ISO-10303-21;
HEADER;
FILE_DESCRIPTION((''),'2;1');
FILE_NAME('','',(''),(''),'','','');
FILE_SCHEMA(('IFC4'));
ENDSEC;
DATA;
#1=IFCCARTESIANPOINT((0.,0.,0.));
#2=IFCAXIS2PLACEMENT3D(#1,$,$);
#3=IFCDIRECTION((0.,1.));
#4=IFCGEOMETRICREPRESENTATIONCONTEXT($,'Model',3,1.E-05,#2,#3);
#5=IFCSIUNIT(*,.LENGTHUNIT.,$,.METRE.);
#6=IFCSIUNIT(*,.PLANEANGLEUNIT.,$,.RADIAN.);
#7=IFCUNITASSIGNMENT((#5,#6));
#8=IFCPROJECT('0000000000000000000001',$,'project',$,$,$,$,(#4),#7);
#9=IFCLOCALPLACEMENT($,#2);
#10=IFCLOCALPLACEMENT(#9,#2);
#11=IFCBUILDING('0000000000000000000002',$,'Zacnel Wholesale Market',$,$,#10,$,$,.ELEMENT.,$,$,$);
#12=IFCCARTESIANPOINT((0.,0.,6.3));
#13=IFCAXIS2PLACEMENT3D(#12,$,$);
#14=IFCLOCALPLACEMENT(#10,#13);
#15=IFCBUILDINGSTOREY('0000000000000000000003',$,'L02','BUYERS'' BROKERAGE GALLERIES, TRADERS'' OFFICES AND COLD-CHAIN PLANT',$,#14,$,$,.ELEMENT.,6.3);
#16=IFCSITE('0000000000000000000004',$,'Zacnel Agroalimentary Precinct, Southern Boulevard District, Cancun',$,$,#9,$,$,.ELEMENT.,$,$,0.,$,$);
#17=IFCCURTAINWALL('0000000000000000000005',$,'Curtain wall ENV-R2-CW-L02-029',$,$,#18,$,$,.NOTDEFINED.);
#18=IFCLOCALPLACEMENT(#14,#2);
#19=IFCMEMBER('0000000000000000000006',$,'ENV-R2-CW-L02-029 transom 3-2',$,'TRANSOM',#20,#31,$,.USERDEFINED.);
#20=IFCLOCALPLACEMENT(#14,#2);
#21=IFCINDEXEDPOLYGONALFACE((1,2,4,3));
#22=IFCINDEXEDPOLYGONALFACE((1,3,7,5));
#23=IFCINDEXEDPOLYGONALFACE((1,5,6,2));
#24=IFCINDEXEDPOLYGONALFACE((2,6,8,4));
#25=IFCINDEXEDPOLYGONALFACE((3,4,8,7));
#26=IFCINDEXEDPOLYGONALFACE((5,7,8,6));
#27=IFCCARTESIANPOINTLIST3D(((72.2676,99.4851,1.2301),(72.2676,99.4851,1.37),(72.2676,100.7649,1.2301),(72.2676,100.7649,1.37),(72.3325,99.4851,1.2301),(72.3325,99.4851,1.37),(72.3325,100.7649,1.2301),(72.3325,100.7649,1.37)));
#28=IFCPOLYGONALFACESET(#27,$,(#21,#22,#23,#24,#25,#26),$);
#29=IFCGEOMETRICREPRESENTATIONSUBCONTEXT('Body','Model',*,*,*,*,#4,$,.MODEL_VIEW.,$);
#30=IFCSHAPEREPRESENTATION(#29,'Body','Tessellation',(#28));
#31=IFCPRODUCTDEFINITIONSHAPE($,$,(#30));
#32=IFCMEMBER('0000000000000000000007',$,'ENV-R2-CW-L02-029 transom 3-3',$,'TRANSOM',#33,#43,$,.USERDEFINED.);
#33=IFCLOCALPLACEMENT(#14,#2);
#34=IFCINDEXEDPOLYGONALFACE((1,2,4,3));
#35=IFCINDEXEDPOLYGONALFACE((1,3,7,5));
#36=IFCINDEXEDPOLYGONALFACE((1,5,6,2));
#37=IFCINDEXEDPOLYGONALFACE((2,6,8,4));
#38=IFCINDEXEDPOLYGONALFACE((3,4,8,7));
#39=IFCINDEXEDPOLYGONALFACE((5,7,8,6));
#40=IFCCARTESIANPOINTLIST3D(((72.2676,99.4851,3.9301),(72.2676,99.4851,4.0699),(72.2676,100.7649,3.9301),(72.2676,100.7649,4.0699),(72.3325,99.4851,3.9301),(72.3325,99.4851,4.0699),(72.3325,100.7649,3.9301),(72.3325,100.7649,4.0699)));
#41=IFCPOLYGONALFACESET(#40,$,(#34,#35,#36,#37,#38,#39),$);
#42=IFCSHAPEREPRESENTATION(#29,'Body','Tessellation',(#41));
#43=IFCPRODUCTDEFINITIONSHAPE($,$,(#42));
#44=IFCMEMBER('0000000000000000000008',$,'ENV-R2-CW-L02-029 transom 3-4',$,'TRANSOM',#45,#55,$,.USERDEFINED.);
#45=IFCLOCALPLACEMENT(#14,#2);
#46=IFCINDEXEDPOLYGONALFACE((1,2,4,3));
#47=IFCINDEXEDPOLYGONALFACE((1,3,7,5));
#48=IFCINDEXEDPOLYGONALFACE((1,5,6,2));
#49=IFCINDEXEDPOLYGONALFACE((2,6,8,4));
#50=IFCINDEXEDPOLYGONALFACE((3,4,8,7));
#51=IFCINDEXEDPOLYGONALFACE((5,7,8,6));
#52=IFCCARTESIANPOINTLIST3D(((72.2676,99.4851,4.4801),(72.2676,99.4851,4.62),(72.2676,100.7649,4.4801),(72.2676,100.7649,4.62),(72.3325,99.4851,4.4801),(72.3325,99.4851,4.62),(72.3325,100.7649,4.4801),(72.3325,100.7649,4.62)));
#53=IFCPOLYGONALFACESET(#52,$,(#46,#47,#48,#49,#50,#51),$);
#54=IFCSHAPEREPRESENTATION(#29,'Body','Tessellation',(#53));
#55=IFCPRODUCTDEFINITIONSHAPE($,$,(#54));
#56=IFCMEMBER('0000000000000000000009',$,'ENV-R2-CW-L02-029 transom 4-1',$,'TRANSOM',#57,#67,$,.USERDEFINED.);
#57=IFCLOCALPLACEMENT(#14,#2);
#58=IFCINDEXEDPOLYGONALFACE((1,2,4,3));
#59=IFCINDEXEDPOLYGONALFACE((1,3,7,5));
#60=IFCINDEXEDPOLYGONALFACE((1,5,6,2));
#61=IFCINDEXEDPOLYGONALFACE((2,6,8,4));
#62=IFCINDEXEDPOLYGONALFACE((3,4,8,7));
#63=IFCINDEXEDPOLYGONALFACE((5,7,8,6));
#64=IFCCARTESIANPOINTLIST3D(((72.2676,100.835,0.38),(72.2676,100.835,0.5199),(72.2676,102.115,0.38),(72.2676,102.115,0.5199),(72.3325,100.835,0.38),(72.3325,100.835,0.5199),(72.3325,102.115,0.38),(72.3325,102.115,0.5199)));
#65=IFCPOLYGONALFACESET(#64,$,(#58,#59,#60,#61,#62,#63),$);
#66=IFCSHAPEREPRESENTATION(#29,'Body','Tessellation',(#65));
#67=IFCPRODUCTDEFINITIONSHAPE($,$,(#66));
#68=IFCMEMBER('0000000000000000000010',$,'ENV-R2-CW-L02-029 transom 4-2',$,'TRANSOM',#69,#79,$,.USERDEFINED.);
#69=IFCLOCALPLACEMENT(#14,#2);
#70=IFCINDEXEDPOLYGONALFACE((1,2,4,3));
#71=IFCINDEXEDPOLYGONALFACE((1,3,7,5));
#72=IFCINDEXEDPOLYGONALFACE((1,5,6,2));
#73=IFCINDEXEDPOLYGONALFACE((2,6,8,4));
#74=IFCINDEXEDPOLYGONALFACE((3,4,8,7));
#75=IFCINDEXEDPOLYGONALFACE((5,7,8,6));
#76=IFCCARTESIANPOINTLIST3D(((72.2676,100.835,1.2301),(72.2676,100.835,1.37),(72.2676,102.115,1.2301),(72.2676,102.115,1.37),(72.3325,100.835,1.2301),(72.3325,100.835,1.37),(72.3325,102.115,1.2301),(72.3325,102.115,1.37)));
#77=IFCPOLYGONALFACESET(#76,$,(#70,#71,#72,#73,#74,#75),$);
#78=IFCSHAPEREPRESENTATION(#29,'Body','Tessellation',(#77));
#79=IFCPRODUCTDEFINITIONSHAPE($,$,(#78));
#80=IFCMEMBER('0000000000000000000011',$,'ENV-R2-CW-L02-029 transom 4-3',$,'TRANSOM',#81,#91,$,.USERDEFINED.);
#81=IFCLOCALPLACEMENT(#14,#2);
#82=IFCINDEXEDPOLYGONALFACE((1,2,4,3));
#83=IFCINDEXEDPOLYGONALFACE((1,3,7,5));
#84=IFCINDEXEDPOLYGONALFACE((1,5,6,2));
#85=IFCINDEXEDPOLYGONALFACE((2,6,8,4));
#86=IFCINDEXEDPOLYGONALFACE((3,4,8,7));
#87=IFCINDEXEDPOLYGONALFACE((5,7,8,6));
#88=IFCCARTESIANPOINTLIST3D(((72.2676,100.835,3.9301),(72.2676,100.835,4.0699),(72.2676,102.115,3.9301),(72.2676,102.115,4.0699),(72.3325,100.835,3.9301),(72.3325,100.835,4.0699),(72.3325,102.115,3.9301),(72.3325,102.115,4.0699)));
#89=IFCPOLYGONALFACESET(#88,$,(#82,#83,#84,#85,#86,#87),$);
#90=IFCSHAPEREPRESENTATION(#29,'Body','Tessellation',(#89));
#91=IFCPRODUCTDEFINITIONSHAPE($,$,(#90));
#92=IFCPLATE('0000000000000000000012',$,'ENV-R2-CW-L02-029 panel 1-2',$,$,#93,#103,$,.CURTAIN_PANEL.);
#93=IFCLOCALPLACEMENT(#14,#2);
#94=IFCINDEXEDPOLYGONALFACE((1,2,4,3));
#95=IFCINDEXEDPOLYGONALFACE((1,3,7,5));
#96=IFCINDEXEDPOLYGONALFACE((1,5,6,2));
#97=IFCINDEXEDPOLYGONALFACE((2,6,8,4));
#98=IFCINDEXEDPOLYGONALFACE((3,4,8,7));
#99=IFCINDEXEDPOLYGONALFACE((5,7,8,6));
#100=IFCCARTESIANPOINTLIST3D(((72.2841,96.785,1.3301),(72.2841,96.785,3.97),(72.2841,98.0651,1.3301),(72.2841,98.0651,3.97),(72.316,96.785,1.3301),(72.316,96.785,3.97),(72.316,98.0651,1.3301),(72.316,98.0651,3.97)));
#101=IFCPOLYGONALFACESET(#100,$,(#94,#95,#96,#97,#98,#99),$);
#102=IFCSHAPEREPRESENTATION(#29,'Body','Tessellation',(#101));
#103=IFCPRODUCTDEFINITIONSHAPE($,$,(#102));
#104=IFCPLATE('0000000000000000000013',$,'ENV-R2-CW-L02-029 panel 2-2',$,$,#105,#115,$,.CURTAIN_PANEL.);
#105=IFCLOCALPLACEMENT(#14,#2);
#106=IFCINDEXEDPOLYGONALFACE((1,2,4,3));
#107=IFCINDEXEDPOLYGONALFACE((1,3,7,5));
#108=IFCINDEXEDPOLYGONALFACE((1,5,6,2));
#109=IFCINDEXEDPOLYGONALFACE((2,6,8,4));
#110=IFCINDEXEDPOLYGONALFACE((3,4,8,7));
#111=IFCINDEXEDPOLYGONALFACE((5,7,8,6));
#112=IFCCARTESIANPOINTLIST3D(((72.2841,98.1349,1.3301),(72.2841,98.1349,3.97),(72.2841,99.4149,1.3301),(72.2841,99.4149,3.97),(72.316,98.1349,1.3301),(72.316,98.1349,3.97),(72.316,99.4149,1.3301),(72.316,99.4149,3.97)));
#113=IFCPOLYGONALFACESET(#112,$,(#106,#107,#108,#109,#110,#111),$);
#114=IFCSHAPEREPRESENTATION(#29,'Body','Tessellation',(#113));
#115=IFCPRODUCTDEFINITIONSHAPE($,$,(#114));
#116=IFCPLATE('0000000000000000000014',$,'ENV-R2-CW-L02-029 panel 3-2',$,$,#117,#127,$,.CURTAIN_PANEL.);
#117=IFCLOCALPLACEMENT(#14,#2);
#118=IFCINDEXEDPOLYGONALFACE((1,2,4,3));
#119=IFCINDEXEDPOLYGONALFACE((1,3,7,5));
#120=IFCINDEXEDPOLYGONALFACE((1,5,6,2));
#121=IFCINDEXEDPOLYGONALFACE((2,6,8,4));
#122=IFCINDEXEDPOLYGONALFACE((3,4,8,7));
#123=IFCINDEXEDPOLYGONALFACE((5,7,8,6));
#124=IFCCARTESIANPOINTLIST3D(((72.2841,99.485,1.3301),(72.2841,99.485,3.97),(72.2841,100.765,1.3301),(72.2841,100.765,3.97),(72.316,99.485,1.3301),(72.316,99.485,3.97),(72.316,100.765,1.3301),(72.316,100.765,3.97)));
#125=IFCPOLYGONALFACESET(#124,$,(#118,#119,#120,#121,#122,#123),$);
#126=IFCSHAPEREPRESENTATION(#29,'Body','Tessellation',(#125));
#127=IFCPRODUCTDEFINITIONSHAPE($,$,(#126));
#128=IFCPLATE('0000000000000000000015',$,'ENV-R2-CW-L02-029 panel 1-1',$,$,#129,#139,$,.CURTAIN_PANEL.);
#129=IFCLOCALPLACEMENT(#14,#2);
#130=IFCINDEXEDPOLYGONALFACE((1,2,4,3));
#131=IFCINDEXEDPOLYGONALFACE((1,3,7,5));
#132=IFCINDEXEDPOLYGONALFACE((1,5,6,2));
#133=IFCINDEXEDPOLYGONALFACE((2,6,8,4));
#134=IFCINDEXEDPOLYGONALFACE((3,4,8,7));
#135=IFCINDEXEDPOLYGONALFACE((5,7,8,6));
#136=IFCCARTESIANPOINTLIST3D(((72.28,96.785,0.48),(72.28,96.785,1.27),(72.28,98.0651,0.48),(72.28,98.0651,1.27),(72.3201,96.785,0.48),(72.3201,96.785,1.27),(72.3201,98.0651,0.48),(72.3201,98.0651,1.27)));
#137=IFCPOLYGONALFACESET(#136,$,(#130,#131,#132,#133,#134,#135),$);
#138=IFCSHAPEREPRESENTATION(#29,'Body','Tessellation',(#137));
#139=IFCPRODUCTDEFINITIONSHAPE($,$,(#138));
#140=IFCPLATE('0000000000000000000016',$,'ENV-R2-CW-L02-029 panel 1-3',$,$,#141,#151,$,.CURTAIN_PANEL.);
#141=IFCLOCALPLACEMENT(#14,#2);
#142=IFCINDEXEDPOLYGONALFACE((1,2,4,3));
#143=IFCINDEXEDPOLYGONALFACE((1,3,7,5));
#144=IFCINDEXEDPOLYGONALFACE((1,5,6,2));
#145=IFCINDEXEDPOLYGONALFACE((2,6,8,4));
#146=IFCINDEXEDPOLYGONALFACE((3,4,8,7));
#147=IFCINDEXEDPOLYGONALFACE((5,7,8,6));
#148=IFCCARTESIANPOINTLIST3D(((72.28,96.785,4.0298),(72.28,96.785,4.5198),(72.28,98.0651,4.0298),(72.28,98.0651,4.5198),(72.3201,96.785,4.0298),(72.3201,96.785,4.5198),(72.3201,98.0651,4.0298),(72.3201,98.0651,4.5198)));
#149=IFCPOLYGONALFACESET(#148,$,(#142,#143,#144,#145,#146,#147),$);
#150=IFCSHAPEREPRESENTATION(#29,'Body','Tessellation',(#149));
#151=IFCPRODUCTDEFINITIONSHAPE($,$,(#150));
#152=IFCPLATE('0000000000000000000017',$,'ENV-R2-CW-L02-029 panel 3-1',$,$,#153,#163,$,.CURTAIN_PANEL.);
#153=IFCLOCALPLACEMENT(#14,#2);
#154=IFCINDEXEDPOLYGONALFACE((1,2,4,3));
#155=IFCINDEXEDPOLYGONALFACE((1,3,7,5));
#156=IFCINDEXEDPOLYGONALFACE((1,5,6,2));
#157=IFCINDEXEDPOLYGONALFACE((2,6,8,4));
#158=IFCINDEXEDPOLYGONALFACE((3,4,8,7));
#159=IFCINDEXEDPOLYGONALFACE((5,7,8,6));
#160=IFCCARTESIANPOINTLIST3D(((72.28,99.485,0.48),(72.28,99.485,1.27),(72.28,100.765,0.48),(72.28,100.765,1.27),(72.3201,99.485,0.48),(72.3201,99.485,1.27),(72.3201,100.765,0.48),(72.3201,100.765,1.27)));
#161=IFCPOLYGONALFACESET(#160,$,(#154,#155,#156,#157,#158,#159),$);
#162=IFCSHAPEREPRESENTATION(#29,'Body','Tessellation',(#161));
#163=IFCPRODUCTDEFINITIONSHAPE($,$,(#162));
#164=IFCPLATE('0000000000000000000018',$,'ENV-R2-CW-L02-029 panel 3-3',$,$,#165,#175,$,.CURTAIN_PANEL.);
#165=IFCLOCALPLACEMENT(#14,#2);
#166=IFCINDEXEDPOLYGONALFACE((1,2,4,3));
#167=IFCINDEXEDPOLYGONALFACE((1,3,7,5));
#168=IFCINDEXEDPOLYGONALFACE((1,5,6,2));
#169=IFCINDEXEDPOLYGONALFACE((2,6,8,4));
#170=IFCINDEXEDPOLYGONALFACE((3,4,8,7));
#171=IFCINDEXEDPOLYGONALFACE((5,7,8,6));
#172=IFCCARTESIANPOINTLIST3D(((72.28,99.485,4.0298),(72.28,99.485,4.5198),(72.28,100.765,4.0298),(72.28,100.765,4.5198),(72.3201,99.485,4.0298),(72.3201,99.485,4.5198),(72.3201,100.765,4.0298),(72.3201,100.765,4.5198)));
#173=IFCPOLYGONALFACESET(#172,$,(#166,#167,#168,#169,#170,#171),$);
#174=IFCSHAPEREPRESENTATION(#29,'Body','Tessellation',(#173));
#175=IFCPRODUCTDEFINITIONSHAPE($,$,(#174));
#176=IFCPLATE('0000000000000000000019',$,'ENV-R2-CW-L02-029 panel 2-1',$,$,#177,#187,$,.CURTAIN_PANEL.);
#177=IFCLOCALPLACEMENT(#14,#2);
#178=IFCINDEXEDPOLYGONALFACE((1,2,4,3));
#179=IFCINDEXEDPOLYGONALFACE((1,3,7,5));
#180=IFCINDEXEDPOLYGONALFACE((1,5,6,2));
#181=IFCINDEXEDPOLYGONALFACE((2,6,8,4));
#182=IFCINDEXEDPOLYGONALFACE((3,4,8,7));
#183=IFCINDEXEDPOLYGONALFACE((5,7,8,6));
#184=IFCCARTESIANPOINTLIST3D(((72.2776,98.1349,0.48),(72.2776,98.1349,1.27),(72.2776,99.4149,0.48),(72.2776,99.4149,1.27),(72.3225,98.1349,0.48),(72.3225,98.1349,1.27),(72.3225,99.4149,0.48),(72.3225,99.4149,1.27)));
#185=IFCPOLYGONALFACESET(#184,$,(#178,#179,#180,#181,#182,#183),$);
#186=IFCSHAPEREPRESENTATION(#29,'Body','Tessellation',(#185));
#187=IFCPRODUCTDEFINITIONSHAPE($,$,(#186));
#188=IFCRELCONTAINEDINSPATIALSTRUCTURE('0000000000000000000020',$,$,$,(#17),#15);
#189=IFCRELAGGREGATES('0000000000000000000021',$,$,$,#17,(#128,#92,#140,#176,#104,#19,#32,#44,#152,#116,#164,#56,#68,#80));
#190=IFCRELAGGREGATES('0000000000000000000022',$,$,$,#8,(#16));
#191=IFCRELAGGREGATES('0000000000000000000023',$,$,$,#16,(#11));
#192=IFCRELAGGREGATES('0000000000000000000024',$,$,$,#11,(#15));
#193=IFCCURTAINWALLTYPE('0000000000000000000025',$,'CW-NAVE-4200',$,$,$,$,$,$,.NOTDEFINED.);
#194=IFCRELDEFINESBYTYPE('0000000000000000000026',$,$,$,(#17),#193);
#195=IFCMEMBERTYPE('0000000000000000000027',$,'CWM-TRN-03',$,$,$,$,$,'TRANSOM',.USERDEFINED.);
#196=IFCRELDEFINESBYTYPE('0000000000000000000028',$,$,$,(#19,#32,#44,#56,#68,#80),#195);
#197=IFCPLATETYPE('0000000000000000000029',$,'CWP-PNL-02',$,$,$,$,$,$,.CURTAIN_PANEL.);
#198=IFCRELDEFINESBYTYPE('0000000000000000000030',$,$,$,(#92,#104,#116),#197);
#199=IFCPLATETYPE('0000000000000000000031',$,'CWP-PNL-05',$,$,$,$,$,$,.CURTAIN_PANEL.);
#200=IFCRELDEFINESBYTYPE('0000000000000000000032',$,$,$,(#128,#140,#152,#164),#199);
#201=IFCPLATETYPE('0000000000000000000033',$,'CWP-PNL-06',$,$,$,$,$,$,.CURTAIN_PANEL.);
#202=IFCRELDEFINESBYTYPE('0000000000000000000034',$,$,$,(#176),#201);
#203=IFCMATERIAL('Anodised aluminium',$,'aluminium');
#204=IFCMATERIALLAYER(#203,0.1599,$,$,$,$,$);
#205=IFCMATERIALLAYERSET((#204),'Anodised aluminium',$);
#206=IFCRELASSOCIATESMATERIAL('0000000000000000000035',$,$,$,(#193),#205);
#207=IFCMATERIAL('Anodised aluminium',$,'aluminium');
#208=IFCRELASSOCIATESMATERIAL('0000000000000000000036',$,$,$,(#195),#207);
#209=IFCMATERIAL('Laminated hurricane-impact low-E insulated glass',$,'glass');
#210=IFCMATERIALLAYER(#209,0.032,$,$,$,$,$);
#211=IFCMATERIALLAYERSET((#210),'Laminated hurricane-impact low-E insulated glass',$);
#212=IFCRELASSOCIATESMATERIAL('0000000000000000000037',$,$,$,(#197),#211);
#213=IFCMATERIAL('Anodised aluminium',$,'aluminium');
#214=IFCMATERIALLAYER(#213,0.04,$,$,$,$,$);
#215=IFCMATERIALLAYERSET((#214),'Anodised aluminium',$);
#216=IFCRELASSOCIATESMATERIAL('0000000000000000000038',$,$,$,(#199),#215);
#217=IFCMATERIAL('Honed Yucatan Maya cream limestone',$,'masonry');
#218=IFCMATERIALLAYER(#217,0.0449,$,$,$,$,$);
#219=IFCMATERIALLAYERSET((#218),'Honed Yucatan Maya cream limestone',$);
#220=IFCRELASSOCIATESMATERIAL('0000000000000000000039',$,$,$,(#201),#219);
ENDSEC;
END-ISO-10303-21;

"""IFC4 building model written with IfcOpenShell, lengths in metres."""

from ifc_helpers import new_model, si_unit, direction, frame, origin, origin_2d, place, context, subcontext, project, spatial, rectangle, extrude, material, layer, layer_set, material_profile, profile_set, type_object, element, aggregate, save


model = new_model("IFC4")

# Units and contexts
model_context = context("Model", 3, precision=1e-05, world=origin(), true_north=direction((0.0, 1.0)))
body_context = subcontext(model_context, "Body", "Model", "MODEL_VIEW")
ifc_project = project(units=[si_unit("LENGTHUNIT", "METRE"), si_unit("PLANEANGLEUNIT", "RADIAN")], contexts=[model_context])

# Site, building, storey
site_placement = place(None, origin())
site = spatial("IfcSite", under=ifc_project, at=site_placement, Name="Zacnel Agroalimentary Precinct, Southern Boulevard District, Cancun", CompositionType="ELEMENT", RefElevation=0.0)
building_placement = place(site_placement, origin())
building = spatial("IfcBuilding", under=site, at=building_placement, Name="Zacnel Wholesale Market", CompositionType="ELEMENT")
storey_placement = place(building_placement, frame((0.0, 0.0, 6.3)))
storey = spatial("IfcBuildingStorey", under=building, at=storey_placement, Name="L02", Description="BUYERS' BROKERAGE GALLERIES, TRADERS' OFFICES AND COLD-CHAIN PLANT", CompositionType="ELEMENT", Elevation=6.3)

# Curtain wall, members, plates
ifc_material_1 = material(Name="Anodised aluminium", Category="aluminium")
ifc_layer_1 = layer(ifc_material_1, 0.1599)
ifc_layer_set_1 = layer_set([ifc_layer_1], Name="Anodised aluminium")
curtain_wall_type = type_object("IfcCurtainWallType", Name="CW-NAVE-4200", PredefinedType="NOTDEFINED", material=ifc_layer_set_1)
curtain_wall_placement = place(storey_placement, origin())
curtain_wall = element("IfcCurtainWall", 1, at=curtain_wall_placement, inside=storey, type_object=curtain_wall_type, Name="Curtain wall ENV-R2-CW-L02-029", PredefinedType="NOTDEFINED")
ifc_material_2 = material(Name="Anodised aluminium", Category="aluminium")
ifc_material_profile_1 = material_profile(ifc_material_2, rectangle(XDim=0.0649, YDim=0.1399, at=origin_2d()), Name="AW-TRANSOM 65x140")
ifc_profile_set_1 = profile_set([ifc_material_profile_1], Name="Anodised aluminium")
member_type_1 = type_object("IfcMemberType", Name="CWM-TRN-03", ElementType="TRANSOM", PredefinedType="USERDEFINED", material=ifc_profile_set_1)
member_1_placement = place(storey_placement, frame((72.3, 99.4851, 1.3), z_axis=(0.0, 1.0, 0.0), x_axis=(-1.0, 0.0, 0.0)))
member_1 = element("IfcMember", 2, at=member_1_placement, type_object=member_type_1, Name="ENV-R2-CW-L02-029 transom 3-2", ObjectType="TRANSOM", PredefinedType="USERDEFINED", context=body_context, shape_type="SweptSolid", body=[
    extrude(rectangle(XDim=0.0649, YDim=0.1399, at=origin_2d()), origin(), (0.0, 0.0, 1.0), 1.2798),
])
member_2_placement = place(storey_placement, frame((72.3, 99.4851, 4.0), z_axis=(0.0, 1.0, 0.0), x_axis=(-1.0, 0.0, 0.0)))
member_2 = element("IfcMember", 3, at=member_2_placement, type_object=member_type_1, Name="ENV-R2-CW-L02-029 transom 3-3", ObjectType="TRANSOM", PredefinedType="USERDEFINED", context=body_context, shape_type="SweptSolid", body=[
    extrude(rectangle(XDim=0.0649, YDim=0.1399, at=origin_2d()), origin(), (0.0, 0.0, 1.0), 1.2798),
])
member_3_placement = place(storey_placement, frame((72.3, 99.4851, 4.55), z_axis=(0.0, 1.0, 0.0), x_axis=(-1.0, 0.0, 0.0)))
member_3 = element("IfcMember", 4, at=member_3_placement, type_object=member_type_1, Name="ENV-R2-CW-L02-029 transom 3-4", ObjectType="TRANSOM", PredefinedType="USERDEFINED", context=body_context, shape_type="SweptSolid", body=[
    extrude(rectangle(XDim=0.0649, YDim=0.1399, at=origin_2d()), origin(), (0.0, 0.0, 1.0), 1.2798),
])
member_4_placement = place(storey_placement, frame((72.3, 100.835, 0.45), z_axis=(0.0, 1.0, 0.0), x_axis=(-1.0, 0.0, 0.0)))
member_4 = element("IfcMember", 5, at=member_4_placement, type_object=member_type_1, Name="ENV-R2-CW-L02-029 transom 4-1", ObjectType="TRANSOM", PredefinedType="USERDEFINED", context=body_context, shape_type="SweptSolid", body=[
    extrude(rectangle(XDim=0.0649, YDim=0.1399, at=origin_2d()), origin(), (0.0, 0.0, 1.0), 1.28),
])
member_5_placement = place(storey_placement, frame((72.3, 100.835, 1.3), z_axis=(0.0, 1.0, 0.0), x_axis=(-1.0, 0.0, 0.0)))
member_5 = element("IfcMember", 6, at=member_5_placement, type_object=member_type_1, Name="ENV-R2-CW-L02-029 transom 4-2", ObjectType="TRANSOM", PredefinedType="USERDEFINED", context=body_context, shape_type="SweptSolid", body=[
    extrude(rectangle(XDim=0.0649, YDim=0.1399, at=origin_2d()), origin(), (0.0, 0.0, 1.0), 1.28),
])
member_6_placement = place(storey_placement, frame((72.3, 100.835, 4.0), z_axis=(0.0, 1.0, 0.0), x_axis=(-1.0, 0.0, 0.0)))
member_6 = element("IfcMember", 7, at=member_6_placement, type_object=member_type_1, Name="ENV-R2-CW-L02-029 transom 4-3", ObjectType="TRANSOM", PredefinedType="USERDEFINED", context=body_context, shape_type="SweptSolid", body=[
    extrude(rectangle(XDim=0.0649, YDim=0.1399, at=origin_2d()), origin(), (0.0, 0.0, 1.0), 1.28),
])
ifc_material_3 = material(Name="Laminated hurricane-impact low-E insulated glass", Category="glass")
ifc_layer_2 = layer(ifc_material_3, 0.032)
ifc_layer_set_2 = layer_set([ifc_layer_2], Name="Laminated hurricane-impact low-E insulated glass")
plate_type_1 = type_object("IfcPlateType", Name="CWP-PNL-02", PredefinedType="CURTAIN_PANEL", material=ifc_layer_set_2)
plate_1_placement = place(storey_placement, frame((72.3, 97.425, 1.3301), z_axis=(0.0, 0.0, 1.0), x_axis=(0.0, 1.0, 0.0)))
plate_1 = element("IfcPlate", 8, at=plate_1_placement, type_object=plate_type_1, Name="ENV-R2-CW-L02-029 panel 1-2", PredefinedType="CURTAIN_PANEL", context=body_context, shape_type="SweptSolid", body=[
    extrude(rectangle(XDim=1.28, YDim=0.032, at=origin_2d()), origin(), (0.0, 0.0, 1.0), 2.6399),
])
plate_2_placement = place(storey_placement, frame((72.3, 98.7749, 1.3301), z_axis=(0.0, 0.0, 1.0), x_axis=(0.0, 1.0, 0.0)))
plate_2 = element("IfcPlate", 9, at=plate_2_placement, type_object=plate_type_1, Name="ENV-R2-CW-L02-029 panel 2-2", PredefinedType="CURTAIN_PANEL", context=body_context, shape_type="SweptSolid", body=[
    extrude(rectangle(XDim=1.28, YDim=0.032, at=origin_2d()), origin(), (0.0, 0.0, 1.0), 2.6399),
])
plate_3_placement = place(storey_placement, frame((72.3, 100.125, 1.3301), z_axis=(0.0, 0.0, 1.0), x_axis=(0.0, 1.0, 0.0)))
plate_3 = element("IfcPlate", 10, at=plate_3_placement, type_object=plate_type_1, Name="ENV-R2-CW-L02-029 panel 3-2", PredefinedType="CURTAIN_PANEL", context=body_context, shape_type="SweptSolid", body=[
    extrude(rectangle(XDim=1.28, YDim=0.032, at=origin_2d()), origin(), (0.0, 0.0, 1.0), 2.6399),
])
ifc_material_4 = material(Name="Anodised aluminium", Category="aluminium")
ifc_layer_3 = layer(ifc_material_4, 0.04)
ifc_layer_set_3 = layer_set([ifc_layer_3], Name="Anodised aluminium")
plate_type_2 = type_object("IfcPlateType", Name="CWP-PNL-05", PredefinedType="CURTAIN_PANEL", material=ifc_layer_set_3)
plate_4_placement = place(storey_placement, frame((72.3, 97.425, 0.48), z_axis=(0.0, 0.0, 1.0), x_axis=(0.0, 1.0, 0.0)))
plate_4 = element("IfcPlate", 11, at=plate_4_placement, type_object=plate_type_2, Name="ENV-R2-CW-L02-029 panel 1-1", PredefinedType="CURTAIN_PANEL", context=body_context, shape_type="SweptSolid", body=[
    extrude(rectangle(XDim=1.28, YDim=0.04, at=origin_2d()), origin(), (0.0, 0.0, 1.0), 0.79),
])
plate_5_placement = place(storey_placement, frame((72.3, 97.425, 4.0298), z_axis=(0.0, 0.0, 1.0), x_axis=(0.0, 1.0, 0.0)))
plate_5 = element("IfcPlate", 12, at=plate_5_placement, type_object=plate_type_2, Name="ENV-R2-CW-L02-029 panel 1-3", PredefinedType="CURTAIN_PANEL", context=body_context, shape_type="SweptSolid", body=[
    extrude(rectangle(XDim=1.28, YDim=0.04, at=origin_2d()), origin(), (0.0, 0.0, 1.0), 0.49),
])
plate_6_placement = place(storey_placement, frame((72.3, 100.125, 0.48), z_axis=(0.0, 0.0, 1.0), x_axis=(0.0, 1.0, 0.0)))
plate_6 = element("IfcPlate", 13, at=plate_6_placement, type_object=plate_type_2, Name="ENV-R2-CW-L02-029 panel 3-1", PredefinedType="CURTAIN_PANEL", context=body_context, shape_type="SweptSolid", body=[
    extrude(rectangle(XDim=1.28, YDim=0.04, at=origin_2d()), origin(), (0.0, 0.0, 1.0), 0.79),
])
plate_7_placement = place(storey_placement, frame((72.3, 100.125, 4.0298), z_axis=(0.0, 0.0, 1.0), x_axis=(0.0, 1.0, 0.0)))
plate_7 = element("IfcPlate", 14, at=plate_7_placement, type_object=plate_type_2, Name="ENV-R2-CW-L02-029 panel 3-3", PredefinedType="CURTAIN_PANEL", context=body_context, shape_type="SweptSolid", body=[
    extrude(rectangle(XDim=1.28, YDim=0.04, at=origin_2d()), origin(), (0.0, 0.0, 1.0), 0.49),
])
ifc_material_5 = material(Name="Honed Yucatan Maya cream limestone", Category="masonry")
ifc_layer_4 = layer(ifc_material_5, 0.0449)
ifc_layer_set_4 = layer_set([ifc_layer_4], Name="Honed Yucatan Maya cream limestone")
plate_type_3 = type_object("IfcPlateType", Name="CWP-PNL-06", PredefinedType="CURTAIN_PANEL", material=ifc_layer_set_4)
plate_8_placement = place(storey_placement, frame((72.3, 98.7749, 0.48), z_axis=(0.0, 0.0, 1.0), x_axis=(0.0, 1.0, 0.0)))
plate_8 = element("IfcPlate", 15, at=plate_8_placement, type_object=plate_type_3, Name="ENV-R2-CW-L02-029 panel 2-1", PredefinedType="CURTAIN_PANEL", context=body_context, shape_type="SweptSolid", body=[
    extrude(rectangle(XDim=1.28, YDim=0.0449, at=origin_2d()), origin(), (0.0, 0.0, 1.0), 0.79),
])
aggregate(curtain_wall, [plate_4, plate_1, plate_5, plate_8, plate_2, member_1, member_2, member_3, plate_6, plate_3, plate_7, member_4, member_5, member_6])

save(model, "model.ifc")
